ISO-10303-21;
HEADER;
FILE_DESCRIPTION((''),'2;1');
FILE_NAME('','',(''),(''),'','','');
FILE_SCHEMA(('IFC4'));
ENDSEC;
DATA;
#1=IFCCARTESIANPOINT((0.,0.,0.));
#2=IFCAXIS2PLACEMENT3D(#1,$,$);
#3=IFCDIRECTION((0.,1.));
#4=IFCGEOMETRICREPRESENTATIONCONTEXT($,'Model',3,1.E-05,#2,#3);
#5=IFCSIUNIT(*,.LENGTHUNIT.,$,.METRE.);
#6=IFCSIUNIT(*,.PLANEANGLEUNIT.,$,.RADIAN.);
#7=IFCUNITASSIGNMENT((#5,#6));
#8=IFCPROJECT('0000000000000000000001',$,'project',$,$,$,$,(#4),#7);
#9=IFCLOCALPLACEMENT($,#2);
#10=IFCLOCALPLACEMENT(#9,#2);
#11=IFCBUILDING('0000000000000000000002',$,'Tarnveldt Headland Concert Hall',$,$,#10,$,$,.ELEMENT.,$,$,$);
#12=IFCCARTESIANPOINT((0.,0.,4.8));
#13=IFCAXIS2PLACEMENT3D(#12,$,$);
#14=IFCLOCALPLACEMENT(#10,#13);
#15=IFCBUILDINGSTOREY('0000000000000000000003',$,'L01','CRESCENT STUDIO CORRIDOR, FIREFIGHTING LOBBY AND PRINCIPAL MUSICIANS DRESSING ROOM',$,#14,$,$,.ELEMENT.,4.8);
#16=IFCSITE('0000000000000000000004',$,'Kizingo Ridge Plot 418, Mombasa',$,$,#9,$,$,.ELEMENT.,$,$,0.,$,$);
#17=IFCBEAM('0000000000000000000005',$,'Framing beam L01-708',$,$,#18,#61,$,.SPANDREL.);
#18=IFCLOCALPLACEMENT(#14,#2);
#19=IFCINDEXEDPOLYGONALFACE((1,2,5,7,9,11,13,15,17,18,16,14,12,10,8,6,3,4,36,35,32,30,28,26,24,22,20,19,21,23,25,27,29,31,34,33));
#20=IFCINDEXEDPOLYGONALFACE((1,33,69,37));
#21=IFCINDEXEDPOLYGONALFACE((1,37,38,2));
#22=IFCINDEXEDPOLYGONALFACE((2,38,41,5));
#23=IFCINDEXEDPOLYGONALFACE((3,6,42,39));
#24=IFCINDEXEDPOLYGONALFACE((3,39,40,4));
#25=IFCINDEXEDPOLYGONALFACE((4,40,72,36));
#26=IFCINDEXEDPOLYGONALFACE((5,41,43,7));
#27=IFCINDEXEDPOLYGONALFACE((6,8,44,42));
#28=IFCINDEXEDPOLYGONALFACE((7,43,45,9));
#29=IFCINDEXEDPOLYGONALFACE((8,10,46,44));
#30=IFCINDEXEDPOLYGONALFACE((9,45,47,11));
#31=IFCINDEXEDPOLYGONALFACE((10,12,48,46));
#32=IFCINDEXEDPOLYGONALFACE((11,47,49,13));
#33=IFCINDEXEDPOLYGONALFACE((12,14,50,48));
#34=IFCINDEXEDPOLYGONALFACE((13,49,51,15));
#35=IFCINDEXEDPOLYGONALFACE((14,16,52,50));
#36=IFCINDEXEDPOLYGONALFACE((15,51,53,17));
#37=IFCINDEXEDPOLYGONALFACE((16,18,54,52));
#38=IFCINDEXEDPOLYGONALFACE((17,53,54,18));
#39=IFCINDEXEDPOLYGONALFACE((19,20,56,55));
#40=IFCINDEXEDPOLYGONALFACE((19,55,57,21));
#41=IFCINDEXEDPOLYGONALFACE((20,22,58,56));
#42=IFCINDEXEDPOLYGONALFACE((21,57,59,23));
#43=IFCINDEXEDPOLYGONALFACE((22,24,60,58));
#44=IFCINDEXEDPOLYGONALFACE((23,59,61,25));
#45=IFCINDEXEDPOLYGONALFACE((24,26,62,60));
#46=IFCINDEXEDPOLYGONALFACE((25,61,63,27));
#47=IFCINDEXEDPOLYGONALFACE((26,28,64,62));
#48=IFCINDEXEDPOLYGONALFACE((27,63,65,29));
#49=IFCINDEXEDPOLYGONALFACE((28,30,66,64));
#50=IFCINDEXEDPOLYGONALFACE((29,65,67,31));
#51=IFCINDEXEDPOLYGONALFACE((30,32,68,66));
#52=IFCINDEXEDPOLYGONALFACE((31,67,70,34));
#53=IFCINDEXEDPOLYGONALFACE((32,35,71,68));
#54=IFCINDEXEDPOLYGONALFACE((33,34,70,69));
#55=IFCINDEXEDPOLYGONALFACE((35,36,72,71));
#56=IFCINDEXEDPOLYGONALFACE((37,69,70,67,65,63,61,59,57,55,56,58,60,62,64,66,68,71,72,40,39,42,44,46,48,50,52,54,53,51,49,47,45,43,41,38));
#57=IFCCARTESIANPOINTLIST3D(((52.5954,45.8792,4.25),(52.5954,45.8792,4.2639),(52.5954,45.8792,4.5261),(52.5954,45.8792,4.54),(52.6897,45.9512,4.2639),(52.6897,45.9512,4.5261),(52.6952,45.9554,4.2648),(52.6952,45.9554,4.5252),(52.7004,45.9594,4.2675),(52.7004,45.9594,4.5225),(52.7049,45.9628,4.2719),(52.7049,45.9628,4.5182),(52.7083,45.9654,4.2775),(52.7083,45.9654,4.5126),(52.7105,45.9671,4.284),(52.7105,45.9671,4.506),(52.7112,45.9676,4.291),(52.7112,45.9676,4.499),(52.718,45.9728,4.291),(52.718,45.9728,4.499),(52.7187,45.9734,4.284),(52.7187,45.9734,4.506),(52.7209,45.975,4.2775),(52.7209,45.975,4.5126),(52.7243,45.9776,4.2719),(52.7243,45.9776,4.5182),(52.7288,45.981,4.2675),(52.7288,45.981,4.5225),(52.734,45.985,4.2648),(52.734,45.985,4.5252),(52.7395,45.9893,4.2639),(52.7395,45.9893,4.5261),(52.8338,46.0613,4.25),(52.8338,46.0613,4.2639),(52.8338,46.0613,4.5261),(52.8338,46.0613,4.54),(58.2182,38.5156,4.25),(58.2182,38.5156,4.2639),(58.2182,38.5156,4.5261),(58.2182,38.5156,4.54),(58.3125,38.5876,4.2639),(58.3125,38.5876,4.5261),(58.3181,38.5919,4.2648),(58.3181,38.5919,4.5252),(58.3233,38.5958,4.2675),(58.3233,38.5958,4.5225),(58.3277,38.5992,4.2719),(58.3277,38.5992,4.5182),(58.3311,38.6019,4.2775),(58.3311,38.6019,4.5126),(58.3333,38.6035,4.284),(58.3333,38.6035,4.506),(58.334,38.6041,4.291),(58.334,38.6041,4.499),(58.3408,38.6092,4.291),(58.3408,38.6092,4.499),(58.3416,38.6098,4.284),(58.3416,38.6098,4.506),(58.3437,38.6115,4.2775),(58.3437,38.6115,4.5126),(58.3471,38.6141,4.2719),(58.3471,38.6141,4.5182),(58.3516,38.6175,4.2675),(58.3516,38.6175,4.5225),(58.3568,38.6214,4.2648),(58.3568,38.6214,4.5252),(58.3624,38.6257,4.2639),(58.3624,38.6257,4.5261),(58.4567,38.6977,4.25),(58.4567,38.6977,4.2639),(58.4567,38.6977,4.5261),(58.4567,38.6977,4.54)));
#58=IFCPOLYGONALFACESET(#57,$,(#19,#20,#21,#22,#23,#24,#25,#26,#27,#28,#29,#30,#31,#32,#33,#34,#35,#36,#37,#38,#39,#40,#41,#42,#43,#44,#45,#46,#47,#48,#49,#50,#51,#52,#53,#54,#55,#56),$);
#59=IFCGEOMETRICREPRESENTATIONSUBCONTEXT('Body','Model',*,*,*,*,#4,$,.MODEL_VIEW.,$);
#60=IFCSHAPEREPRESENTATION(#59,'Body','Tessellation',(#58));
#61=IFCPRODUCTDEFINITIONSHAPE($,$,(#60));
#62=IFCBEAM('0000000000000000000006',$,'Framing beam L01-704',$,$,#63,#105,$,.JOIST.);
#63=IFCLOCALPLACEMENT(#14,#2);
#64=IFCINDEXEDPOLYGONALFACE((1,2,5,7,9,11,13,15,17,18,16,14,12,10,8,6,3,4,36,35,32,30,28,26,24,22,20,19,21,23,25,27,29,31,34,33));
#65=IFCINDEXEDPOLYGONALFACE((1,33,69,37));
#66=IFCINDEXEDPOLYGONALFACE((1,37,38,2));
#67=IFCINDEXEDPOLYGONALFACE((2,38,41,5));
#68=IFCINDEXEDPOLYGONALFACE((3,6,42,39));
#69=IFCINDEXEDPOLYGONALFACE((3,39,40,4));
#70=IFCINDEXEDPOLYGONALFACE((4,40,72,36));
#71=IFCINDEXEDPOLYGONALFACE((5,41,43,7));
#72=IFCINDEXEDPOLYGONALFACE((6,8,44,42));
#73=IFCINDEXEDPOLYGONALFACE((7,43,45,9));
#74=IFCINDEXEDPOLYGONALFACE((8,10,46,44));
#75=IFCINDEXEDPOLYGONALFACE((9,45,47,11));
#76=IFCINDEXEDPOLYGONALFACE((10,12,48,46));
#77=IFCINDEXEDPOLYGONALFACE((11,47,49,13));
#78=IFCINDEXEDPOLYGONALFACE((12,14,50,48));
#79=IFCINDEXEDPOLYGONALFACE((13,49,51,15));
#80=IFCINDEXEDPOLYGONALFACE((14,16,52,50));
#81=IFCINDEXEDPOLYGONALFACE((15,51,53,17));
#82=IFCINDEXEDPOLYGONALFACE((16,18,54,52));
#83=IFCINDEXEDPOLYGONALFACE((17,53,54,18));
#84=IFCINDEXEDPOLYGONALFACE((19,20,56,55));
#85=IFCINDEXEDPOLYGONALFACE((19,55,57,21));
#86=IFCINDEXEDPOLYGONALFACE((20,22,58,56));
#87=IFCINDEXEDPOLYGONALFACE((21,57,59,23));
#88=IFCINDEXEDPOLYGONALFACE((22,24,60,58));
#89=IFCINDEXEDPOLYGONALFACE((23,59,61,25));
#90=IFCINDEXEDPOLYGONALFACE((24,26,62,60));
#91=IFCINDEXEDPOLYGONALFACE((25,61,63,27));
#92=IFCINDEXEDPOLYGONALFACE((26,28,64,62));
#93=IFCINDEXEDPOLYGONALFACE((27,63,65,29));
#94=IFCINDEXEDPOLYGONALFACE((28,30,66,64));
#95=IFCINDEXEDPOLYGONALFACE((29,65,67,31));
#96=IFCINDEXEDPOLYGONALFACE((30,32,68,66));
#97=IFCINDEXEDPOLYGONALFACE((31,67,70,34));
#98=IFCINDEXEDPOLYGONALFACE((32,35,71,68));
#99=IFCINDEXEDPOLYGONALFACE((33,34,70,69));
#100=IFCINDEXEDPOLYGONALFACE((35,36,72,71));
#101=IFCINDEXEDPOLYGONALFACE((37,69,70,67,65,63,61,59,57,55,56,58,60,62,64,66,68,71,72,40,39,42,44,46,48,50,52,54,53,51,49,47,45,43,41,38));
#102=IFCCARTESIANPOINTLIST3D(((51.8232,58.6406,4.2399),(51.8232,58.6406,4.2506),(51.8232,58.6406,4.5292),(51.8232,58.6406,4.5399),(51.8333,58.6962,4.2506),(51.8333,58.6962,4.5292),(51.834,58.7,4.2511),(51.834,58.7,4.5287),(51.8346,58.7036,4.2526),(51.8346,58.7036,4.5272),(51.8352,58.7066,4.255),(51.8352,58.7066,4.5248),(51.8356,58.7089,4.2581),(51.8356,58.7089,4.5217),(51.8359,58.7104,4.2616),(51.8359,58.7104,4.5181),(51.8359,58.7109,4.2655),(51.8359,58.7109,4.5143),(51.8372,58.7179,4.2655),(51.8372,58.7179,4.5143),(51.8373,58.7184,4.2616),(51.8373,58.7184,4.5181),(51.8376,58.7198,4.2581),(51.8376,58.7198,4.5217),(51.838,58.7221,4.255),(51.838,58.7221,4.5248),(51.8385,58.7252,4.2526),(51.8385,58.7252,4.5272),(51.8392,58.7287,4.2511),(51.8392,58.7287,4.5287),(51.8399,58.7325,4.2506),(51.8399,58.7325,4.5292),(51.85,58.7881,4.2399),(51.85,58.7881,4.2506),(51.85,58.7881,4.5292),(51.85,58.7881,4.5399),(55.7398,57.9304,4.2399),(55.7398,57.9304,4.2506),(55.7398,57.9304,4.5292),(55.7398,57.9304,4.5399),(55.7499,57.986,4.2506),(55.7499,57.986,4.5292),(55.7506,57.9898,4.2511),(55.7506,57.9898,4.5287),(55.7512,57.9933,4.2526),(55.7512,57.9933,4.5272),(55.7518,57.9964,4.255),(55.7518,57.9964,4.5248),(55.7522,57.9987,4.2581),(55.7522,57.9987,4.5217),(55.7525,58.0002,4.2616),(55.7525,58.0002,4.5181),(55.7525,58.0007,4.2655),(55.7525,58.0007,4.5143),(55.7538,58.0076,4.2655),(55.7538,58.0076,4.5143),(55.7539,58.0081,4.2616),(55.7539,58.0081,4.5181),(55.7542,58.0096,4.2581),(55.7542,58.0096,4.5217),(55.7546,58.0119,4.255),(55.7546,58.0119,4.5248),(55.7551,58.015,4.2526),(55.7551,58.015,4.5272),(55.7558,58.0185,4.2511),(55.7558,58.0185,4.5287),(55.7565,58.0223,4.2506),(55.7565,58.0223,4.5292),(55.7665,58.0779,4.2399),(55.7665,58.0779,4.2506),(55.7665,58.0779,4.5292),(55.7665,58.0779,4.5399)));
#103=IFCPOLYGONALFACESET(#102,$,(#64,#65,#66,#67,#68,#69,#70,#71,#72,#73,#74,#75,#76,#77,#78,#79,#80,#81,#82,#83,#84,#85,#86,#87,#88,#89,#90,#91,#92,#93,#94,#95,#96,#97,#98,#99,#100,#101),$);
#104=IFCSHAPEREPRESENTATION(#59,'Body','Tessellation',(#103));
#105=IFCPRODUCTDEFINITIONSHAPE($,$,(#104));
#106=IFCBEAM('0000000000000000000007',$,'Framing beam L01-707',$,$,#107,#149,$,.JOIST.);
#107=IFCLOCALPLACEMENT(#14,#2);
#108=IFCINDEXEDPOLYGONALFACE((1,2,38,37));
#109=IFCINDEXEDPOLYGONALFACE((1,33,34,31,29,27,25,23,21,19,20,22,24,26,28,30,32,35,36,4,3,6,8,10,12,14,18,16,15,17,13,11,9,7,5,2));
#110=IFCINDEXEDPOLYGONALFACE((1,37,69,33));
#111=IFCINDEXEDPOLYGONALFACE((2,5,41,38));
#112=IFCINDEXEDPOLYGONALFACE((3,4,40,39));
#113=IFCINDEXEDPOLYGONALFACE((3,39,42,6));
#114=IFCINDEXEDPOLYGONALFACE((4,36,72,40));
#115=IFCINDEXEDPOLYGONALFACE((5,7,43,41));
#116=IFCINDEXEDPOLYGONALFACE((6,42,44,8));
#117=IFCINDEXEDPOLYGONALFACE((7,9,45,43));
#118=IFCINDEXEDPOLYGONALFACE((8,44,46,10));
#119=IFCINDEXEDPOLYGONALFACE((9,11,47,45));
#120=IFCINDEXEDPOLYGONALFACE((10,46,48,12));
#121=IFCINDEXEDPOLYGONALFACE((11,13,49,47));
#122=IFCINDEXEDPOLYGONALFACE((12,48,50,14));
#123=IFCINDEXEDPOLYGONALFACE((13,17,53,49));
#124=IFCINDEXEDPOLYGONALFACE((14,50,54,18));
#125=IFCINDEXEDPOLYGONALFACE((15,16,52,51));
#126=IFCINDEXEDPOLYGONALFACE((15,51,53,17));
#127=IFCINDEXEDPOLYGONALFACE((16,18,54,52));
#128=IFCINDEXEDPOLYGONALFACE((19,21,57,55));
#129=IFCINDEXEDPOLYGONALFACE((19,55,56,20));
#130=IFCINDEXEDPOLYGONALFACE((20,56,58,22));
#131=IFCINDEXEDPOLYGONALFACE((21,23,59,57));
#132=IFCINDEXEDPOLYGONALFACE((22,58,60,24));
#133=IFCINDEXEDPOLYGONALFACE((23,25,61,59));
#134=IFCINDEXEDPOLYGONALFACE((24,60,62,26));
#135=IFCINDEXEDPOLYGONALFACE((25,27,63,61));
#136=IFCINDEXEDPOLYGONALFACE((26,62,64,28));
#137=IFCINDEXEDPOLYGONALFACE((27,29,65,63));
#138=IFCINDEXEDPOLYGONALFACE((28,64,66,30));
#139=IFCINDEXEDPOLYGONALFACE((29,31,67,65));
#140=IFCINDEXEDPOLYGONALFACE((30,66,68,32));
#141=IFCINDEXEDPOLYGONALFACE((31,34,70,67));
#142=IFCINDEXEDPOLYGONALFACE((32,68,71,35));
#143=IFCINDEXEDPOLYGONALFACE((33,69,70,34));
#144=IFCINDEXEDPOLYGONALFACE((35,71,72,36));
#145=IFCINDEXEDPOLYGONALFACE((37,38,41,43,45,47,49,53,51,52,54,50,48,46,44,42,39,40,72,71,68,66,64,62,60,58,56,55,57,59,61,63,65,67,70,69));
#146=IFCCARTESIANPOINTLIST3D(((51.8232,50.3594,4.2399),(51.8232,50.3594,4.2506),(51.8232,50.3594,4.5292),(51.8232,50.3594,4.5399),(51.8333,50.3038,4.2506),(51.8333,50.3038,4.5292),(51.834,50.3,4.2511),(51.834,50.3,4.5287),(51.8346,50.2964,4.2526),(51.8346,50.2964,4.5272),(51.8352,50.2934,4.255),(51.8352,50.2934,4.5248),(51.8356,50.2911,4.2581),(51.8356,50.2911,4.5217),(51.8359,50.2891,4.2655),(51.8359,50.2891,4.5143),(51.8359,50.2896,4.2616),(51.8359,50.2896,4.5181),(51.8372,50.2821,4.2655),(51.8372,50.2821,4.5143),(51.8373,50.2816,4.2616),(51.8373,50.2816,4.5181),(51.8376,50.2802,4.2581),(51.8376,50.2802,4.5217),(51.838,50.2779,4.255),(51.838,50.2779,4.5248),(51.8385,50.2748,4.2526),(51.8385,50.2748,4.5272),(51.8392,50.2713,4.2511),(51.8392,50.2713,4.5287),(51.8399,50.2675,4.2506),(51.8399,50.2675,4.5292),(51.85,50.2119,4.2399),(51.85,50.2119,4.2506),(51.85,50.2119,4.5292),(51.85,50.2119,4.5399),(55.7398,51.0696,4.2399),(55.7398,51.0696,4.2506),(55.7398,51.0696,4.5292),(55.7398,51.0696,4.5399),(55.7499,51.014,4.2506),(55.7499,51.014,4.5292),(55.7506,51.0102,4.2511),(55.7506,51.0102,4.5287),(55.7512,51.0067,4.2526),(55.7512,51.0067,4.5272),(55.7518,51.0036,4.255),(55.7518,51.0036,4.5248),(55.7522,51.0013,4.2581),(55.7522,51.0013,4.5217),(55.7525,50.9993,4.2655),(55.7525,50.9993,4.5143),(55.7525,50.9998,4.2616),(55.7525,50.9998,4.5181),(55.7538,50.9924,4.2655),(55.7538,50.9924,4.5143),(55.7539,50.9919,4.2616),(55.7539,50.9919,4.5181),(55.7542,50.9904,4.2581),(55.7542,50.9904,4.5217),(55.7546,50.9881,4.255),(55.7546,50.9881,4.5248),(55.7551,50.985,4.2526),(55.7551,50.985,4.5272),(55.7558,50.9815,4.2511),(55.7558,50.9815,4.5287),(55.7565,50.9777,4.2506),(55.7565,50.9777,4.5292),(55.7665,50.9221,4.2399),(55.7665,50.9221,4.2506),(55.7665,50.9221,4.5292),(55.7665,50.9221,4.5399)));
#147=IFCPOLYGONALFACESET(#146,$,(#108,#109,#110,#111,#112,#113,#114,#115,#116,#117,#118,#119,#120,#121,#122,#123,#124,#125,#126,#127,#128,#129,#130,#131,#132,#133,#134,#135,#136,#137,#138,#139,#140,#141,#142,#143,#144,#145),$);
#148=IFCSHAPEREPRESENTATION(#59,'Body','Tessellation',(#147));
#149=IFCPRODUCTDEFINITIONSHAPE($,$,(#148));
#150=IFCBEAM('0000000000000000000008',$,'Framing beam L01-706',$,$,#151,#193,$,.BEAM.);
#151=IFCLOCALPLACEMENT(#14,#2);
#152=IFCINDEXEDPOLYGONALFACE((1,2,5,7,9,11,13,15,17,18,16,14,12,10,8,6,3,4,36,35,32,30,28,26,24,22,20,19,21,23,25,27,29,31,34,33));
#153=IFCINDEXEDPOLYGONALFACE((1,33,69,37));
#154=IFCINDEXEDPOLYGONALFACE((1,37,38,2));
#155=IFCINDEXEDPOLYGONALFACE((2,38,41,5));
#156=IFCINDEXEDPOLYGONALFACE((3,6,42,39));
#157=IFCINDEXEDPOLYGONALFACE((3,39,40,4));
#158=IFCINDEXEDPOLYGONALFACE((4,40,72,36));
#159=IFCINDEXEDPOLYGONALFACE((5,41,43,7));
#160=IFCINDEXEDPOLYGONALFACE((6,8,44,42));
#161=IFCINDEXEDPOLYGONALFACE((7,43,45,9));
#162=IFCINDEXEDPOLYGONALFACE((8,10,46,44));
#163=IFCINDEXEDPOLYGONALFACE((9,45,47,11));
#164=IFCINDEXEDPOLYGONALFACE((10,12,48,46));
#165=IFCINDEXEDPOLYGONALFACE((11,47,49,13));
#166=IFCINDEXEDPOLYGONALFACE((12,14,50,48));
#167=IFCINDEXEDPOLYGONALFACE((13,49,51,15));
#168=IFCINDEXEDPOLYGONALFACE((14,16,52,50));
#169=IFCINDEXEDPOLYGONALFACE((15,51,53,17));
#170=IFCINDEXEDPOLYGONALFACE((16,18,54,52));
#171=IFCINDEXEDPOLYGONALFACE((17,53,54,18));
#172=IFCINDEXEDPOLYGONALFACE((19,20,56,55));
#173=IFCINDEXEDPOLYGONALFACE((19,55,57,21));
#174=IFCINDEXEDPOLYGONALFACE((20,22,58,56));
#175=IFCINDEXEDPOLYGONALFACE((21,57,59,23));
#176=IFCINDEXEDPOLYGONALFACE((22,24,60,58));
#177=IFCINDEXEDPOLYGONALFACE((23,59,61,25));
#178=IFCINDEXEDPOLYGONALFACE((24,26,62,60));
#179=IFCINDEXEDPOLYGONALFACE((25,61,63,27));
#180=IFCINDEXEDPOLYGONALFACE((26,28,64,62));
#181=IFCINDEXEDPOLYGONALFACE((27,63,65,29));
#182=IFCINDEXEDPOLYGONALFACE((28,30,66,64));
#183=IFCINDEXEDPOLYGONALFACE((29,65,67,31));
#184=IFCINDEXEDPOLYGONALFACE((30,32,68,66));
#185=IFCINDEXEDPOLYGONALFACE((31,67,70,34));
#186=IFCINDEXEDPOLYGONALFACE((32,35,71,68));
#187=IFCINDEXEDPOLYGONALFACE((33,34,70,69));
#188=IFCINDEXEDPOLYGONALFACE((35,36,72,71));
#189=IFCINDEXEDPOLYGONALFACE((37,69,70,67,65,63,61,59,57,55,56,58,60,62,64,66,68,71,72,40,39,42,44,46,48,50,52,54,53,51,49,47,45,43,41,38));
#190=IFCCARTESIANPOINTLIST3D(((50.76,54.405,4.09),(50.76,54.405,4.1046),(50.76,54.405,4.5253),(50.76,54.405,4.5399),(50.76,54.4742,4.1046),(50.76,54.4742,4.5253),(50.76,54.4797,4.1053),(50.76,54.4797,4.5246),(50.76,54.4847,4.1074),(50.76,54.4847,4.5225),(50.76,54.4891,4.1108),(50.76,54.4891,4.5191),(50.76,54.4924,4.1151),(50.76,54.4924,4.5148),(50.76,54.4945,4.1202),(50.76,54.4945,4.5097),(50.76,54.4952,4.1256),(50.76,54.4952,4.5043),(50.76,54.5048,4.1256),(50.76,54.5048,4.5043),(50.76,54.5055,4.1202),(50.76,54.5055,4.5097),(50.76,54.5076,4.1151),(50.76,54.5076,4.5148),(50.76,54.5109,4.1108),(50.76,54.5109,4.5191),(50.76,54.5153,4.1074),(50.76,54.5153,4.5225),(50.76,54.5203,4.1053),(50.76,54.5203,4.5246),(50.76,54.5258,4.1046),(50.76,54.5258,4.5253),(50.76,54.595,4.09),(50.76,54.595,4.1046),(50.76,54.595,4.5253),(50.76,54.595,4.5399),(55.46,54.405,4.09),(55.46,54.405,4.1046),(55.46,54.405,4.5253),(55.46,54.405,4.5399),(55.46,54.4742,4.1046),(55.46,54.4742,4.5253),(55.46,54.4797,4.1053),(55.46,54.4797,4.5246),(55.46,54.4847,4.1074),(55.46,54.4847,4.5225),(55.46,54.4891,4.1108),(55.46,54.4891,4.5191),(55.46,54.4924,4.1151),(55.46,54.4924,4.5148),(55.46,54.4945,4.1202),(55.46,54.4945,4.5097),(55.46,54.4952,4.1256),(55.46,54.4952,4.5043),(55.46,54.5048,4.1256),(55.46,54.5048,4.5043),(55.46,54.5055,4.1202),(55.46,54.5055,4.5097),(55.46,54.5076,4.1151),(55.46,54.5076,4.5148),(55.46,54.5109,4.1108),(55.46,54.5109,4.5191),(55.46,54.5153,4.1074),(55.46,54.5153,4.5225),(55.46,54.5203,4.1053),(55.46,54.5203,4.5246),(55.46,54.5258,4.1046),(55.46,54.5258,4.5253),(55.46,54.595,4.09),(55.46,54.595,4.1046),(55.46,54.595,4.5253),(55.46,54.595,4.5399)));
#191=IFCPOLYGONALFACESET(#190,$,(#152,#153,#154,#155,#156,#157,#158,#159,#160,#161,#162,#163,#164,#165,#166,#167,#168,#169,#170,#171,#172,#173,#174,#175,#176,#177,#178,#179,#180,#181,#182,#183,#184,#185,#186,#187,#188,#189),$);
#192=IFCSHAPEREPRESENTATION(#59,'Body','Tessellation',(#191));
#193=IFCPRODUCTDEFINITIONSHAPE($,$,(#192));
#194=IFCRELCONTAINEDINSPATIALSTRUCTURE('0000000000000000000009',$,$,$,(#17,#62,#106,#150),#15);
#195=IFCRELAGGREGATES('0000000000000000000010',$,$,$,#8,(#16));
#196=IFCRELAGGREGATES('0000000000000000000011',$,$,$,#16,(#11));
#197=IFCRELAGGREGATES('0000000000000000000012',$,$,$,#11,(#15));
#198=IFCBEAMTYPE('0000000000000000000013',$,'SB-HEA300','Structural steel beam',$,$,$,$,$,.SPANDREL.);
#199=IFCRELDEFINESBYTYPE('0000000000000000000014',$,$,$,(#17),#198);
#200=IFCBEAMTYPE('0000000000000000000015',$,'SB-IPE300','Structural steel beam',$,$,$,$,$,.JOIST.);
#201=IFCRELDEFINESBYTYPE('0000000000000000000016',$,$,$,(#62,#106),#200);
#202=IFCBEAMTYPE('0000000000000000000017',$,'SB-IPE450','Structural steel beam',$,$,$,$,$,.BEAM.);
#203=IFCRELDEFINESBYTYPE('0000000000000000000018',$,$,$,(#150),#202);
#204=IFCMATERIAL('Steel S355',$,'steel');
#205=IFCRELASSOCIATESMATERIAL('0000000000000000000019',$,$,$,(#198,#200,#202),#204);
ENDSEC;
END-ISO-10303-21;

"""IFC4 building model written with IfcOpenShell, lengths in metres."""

from ifc_helpers import new_model, si_unit, direction, frame, origin, origin_2d, place, context, subcontext, project, spatial, i_section, extrude, material, material_profile, profile_set, type_object, element, save


model = new_model("IFC4")

# Units and contexts
model_context = context("Model", 3, precision=1e-05, world=origin(), true_north=direction((0.0, 1.0)))
body_context = subcontext(model_context, "Body", "Model", "MODEL_VIEW")
ifc_project = project(units=[si_unit("LENGTHUNIT", "METRE"), si_unit("PLANEANGLEUNIT", "RADIAN")], contexts=[model_context])

# Site, building, storey
site_placement = place(None, origin())
site = spatial("IfcSite", under=ifc_project, at=site_placement, Name="Kizingo Ridge Plot 418, Mombasa", CompositionType="ELEMENT", RefElevation=0.0)
building_placement = place(site_placement, origin())
building = spatial("IfcBuilding", under=site, at=building_placement, Name="Tarnveldt Headland Concert Hall", CompositionType="ELEMENT")
storey_placement = place(building_placement, frame((0.0, 0.0, 4.8)))
storey = spatial("IfcBuildingStorey", under=building, at=storey_placement, Name="L01", Description="CRESCENT STUDIO CORRIDOR, FIREFIGHTING LOBBY AND PRINCIPAL MUSICIANS DRESSING ROOM", CompositionType="ELEMENT", Elevation=4.8)

# Shared definitions
ifc_material_1 = material(Name="Steel S355", Category="steel")

# Beams
ifc_material_profile_1 = material_profile(ifc_material_1, i_section(OverallWidth=0.3, OverallDepth=0.29, WebThickness=0.0085, FlangeThickness=0.0139, FilletRadius=0.0271, at=origin_2d()), Name="HEA300", Category="steel")
ifc_profile_set_1 = profile_set([ifc_material_profile_1], Name="Steel S355")
beam_type_1 = type_object("IfcBeamType", Name="SB-HEA300", Description="Structural steel beam", PredefinedType="SPANDREL", material=ifc_profile_set_1)
beam_1_placement = place(storey_placement, frame((52.7146, 45.9702, 4.395), z_axis=(0.606896, -0.794781, 0.0), x_axis=(0.794781, 0.606896, 0.0)))
element("IfcBeam", 1, at=beam_1_placement, inside=storey, type_object=beam_type_1, Name="Framing beam L01-708", PredefinedType="SPANDREL", context=body_context, shape_type="SweptSolid", body=[
    extrude(i_section(OverallWidth=0.3, OverallDepth=0.29, WebThickness=0.0085, FlangeThickness=0.0139, FilletRadius=0.0271, at=origin_2d()), origin(), (0.0, 0.0, 1.0), 9.2649),
])
ifc_material_profile_2 = material_profile(ifc_material_1, i_section(OverallWidth=0.1499, OverallDepth=0.3, WebThickness=0.0071, FlangeThickness=0.0107, FilletRadius=0.0149, at=origin_2d()), Name="IPE300", Category="steel")
ifc_profile_set_2 = profile_set([ifc_material_profile_2], Name="Steel S355")
beam_type_2 = type_object("IfcBeamType", Name="SB-IPE300", Description="Structural steel beam", PredefinedType="JOIST", material=ifc_profile_set_2)
for number, where, z_axis, x_axis, name in (
    (2, (55.7532, 58.0042, 4.3899), (-0.983953, 0.178427, 0.0), (-0.178427, -0.983953, 0.0), "Framing beam L01-704"),
    (3, (55.7532, 50.9958, 4.3899), (-0.983953, -0.178427, 0.0), (0.178427, -0.983953, 0.0), "Framing beam L01-707"),
):
    element("IfcBeam", number, at=place(storey_placement, frame(where, z_axis=z_axis, x_axis=x_axis)), inside=storey, type_object=beam_type_2, Name=name, PredefinedType="JOIST", context=body_context, shape_type="SweptSolid", body=[
        extrude(i_section(OverallWidth=0.1499, OverallDepth=0.3, WebThickness=0.0071, FlangeThickness=0.0107, FilletRadius=0.0149, at=origin_2d()), origin(), (0.0, 0.0, 1.0), 3.9805),
    ])
ifc_material_profile_3 = material_profile(ifc_material_1, i_section(OverallWidth=0.1899, OverallDepth=0.45, WebThickness=0.0095, FlangeThickness=0.0146, FilletRadius=0.021, at=origin_2d()), Name="IPE450", Category="steel")
ifc_profile_set_3 = profile_set([ifc_material_profile_3], Name="Steel S355")
beam_type_3 = type_object("IfcBeamType", Name="SB-IPE450", Description="Structural steel beam", PredefinedType="BEAM", material=ifc_profile_set_3)
beam_2_placement = place(storey_placement, frame((55.46, 54.5, 4.3149), z_axis=(-1.0, 0.0, 0.0), x_axis=(0.0, -1.0, 0.0)))
element("IfcBeam", 4, at=beam_2_placement, inside=storey, type_object=beam_type_3, Name="Framing beam L01-706", PredefinedType="BEAM", context=body_context, shape_type="SweptSolid", body=[
    extrude(i_section(OverallWidth=0.1899, OverallDepth=0.45, WebThickness=0.0095, FlangeThickness=0.0146, FilletRadius=0.021, at=origin_2d()), origin(), (0.0, 0.0, 1.0), 4.7),
])

save(model, "model.ifc")
